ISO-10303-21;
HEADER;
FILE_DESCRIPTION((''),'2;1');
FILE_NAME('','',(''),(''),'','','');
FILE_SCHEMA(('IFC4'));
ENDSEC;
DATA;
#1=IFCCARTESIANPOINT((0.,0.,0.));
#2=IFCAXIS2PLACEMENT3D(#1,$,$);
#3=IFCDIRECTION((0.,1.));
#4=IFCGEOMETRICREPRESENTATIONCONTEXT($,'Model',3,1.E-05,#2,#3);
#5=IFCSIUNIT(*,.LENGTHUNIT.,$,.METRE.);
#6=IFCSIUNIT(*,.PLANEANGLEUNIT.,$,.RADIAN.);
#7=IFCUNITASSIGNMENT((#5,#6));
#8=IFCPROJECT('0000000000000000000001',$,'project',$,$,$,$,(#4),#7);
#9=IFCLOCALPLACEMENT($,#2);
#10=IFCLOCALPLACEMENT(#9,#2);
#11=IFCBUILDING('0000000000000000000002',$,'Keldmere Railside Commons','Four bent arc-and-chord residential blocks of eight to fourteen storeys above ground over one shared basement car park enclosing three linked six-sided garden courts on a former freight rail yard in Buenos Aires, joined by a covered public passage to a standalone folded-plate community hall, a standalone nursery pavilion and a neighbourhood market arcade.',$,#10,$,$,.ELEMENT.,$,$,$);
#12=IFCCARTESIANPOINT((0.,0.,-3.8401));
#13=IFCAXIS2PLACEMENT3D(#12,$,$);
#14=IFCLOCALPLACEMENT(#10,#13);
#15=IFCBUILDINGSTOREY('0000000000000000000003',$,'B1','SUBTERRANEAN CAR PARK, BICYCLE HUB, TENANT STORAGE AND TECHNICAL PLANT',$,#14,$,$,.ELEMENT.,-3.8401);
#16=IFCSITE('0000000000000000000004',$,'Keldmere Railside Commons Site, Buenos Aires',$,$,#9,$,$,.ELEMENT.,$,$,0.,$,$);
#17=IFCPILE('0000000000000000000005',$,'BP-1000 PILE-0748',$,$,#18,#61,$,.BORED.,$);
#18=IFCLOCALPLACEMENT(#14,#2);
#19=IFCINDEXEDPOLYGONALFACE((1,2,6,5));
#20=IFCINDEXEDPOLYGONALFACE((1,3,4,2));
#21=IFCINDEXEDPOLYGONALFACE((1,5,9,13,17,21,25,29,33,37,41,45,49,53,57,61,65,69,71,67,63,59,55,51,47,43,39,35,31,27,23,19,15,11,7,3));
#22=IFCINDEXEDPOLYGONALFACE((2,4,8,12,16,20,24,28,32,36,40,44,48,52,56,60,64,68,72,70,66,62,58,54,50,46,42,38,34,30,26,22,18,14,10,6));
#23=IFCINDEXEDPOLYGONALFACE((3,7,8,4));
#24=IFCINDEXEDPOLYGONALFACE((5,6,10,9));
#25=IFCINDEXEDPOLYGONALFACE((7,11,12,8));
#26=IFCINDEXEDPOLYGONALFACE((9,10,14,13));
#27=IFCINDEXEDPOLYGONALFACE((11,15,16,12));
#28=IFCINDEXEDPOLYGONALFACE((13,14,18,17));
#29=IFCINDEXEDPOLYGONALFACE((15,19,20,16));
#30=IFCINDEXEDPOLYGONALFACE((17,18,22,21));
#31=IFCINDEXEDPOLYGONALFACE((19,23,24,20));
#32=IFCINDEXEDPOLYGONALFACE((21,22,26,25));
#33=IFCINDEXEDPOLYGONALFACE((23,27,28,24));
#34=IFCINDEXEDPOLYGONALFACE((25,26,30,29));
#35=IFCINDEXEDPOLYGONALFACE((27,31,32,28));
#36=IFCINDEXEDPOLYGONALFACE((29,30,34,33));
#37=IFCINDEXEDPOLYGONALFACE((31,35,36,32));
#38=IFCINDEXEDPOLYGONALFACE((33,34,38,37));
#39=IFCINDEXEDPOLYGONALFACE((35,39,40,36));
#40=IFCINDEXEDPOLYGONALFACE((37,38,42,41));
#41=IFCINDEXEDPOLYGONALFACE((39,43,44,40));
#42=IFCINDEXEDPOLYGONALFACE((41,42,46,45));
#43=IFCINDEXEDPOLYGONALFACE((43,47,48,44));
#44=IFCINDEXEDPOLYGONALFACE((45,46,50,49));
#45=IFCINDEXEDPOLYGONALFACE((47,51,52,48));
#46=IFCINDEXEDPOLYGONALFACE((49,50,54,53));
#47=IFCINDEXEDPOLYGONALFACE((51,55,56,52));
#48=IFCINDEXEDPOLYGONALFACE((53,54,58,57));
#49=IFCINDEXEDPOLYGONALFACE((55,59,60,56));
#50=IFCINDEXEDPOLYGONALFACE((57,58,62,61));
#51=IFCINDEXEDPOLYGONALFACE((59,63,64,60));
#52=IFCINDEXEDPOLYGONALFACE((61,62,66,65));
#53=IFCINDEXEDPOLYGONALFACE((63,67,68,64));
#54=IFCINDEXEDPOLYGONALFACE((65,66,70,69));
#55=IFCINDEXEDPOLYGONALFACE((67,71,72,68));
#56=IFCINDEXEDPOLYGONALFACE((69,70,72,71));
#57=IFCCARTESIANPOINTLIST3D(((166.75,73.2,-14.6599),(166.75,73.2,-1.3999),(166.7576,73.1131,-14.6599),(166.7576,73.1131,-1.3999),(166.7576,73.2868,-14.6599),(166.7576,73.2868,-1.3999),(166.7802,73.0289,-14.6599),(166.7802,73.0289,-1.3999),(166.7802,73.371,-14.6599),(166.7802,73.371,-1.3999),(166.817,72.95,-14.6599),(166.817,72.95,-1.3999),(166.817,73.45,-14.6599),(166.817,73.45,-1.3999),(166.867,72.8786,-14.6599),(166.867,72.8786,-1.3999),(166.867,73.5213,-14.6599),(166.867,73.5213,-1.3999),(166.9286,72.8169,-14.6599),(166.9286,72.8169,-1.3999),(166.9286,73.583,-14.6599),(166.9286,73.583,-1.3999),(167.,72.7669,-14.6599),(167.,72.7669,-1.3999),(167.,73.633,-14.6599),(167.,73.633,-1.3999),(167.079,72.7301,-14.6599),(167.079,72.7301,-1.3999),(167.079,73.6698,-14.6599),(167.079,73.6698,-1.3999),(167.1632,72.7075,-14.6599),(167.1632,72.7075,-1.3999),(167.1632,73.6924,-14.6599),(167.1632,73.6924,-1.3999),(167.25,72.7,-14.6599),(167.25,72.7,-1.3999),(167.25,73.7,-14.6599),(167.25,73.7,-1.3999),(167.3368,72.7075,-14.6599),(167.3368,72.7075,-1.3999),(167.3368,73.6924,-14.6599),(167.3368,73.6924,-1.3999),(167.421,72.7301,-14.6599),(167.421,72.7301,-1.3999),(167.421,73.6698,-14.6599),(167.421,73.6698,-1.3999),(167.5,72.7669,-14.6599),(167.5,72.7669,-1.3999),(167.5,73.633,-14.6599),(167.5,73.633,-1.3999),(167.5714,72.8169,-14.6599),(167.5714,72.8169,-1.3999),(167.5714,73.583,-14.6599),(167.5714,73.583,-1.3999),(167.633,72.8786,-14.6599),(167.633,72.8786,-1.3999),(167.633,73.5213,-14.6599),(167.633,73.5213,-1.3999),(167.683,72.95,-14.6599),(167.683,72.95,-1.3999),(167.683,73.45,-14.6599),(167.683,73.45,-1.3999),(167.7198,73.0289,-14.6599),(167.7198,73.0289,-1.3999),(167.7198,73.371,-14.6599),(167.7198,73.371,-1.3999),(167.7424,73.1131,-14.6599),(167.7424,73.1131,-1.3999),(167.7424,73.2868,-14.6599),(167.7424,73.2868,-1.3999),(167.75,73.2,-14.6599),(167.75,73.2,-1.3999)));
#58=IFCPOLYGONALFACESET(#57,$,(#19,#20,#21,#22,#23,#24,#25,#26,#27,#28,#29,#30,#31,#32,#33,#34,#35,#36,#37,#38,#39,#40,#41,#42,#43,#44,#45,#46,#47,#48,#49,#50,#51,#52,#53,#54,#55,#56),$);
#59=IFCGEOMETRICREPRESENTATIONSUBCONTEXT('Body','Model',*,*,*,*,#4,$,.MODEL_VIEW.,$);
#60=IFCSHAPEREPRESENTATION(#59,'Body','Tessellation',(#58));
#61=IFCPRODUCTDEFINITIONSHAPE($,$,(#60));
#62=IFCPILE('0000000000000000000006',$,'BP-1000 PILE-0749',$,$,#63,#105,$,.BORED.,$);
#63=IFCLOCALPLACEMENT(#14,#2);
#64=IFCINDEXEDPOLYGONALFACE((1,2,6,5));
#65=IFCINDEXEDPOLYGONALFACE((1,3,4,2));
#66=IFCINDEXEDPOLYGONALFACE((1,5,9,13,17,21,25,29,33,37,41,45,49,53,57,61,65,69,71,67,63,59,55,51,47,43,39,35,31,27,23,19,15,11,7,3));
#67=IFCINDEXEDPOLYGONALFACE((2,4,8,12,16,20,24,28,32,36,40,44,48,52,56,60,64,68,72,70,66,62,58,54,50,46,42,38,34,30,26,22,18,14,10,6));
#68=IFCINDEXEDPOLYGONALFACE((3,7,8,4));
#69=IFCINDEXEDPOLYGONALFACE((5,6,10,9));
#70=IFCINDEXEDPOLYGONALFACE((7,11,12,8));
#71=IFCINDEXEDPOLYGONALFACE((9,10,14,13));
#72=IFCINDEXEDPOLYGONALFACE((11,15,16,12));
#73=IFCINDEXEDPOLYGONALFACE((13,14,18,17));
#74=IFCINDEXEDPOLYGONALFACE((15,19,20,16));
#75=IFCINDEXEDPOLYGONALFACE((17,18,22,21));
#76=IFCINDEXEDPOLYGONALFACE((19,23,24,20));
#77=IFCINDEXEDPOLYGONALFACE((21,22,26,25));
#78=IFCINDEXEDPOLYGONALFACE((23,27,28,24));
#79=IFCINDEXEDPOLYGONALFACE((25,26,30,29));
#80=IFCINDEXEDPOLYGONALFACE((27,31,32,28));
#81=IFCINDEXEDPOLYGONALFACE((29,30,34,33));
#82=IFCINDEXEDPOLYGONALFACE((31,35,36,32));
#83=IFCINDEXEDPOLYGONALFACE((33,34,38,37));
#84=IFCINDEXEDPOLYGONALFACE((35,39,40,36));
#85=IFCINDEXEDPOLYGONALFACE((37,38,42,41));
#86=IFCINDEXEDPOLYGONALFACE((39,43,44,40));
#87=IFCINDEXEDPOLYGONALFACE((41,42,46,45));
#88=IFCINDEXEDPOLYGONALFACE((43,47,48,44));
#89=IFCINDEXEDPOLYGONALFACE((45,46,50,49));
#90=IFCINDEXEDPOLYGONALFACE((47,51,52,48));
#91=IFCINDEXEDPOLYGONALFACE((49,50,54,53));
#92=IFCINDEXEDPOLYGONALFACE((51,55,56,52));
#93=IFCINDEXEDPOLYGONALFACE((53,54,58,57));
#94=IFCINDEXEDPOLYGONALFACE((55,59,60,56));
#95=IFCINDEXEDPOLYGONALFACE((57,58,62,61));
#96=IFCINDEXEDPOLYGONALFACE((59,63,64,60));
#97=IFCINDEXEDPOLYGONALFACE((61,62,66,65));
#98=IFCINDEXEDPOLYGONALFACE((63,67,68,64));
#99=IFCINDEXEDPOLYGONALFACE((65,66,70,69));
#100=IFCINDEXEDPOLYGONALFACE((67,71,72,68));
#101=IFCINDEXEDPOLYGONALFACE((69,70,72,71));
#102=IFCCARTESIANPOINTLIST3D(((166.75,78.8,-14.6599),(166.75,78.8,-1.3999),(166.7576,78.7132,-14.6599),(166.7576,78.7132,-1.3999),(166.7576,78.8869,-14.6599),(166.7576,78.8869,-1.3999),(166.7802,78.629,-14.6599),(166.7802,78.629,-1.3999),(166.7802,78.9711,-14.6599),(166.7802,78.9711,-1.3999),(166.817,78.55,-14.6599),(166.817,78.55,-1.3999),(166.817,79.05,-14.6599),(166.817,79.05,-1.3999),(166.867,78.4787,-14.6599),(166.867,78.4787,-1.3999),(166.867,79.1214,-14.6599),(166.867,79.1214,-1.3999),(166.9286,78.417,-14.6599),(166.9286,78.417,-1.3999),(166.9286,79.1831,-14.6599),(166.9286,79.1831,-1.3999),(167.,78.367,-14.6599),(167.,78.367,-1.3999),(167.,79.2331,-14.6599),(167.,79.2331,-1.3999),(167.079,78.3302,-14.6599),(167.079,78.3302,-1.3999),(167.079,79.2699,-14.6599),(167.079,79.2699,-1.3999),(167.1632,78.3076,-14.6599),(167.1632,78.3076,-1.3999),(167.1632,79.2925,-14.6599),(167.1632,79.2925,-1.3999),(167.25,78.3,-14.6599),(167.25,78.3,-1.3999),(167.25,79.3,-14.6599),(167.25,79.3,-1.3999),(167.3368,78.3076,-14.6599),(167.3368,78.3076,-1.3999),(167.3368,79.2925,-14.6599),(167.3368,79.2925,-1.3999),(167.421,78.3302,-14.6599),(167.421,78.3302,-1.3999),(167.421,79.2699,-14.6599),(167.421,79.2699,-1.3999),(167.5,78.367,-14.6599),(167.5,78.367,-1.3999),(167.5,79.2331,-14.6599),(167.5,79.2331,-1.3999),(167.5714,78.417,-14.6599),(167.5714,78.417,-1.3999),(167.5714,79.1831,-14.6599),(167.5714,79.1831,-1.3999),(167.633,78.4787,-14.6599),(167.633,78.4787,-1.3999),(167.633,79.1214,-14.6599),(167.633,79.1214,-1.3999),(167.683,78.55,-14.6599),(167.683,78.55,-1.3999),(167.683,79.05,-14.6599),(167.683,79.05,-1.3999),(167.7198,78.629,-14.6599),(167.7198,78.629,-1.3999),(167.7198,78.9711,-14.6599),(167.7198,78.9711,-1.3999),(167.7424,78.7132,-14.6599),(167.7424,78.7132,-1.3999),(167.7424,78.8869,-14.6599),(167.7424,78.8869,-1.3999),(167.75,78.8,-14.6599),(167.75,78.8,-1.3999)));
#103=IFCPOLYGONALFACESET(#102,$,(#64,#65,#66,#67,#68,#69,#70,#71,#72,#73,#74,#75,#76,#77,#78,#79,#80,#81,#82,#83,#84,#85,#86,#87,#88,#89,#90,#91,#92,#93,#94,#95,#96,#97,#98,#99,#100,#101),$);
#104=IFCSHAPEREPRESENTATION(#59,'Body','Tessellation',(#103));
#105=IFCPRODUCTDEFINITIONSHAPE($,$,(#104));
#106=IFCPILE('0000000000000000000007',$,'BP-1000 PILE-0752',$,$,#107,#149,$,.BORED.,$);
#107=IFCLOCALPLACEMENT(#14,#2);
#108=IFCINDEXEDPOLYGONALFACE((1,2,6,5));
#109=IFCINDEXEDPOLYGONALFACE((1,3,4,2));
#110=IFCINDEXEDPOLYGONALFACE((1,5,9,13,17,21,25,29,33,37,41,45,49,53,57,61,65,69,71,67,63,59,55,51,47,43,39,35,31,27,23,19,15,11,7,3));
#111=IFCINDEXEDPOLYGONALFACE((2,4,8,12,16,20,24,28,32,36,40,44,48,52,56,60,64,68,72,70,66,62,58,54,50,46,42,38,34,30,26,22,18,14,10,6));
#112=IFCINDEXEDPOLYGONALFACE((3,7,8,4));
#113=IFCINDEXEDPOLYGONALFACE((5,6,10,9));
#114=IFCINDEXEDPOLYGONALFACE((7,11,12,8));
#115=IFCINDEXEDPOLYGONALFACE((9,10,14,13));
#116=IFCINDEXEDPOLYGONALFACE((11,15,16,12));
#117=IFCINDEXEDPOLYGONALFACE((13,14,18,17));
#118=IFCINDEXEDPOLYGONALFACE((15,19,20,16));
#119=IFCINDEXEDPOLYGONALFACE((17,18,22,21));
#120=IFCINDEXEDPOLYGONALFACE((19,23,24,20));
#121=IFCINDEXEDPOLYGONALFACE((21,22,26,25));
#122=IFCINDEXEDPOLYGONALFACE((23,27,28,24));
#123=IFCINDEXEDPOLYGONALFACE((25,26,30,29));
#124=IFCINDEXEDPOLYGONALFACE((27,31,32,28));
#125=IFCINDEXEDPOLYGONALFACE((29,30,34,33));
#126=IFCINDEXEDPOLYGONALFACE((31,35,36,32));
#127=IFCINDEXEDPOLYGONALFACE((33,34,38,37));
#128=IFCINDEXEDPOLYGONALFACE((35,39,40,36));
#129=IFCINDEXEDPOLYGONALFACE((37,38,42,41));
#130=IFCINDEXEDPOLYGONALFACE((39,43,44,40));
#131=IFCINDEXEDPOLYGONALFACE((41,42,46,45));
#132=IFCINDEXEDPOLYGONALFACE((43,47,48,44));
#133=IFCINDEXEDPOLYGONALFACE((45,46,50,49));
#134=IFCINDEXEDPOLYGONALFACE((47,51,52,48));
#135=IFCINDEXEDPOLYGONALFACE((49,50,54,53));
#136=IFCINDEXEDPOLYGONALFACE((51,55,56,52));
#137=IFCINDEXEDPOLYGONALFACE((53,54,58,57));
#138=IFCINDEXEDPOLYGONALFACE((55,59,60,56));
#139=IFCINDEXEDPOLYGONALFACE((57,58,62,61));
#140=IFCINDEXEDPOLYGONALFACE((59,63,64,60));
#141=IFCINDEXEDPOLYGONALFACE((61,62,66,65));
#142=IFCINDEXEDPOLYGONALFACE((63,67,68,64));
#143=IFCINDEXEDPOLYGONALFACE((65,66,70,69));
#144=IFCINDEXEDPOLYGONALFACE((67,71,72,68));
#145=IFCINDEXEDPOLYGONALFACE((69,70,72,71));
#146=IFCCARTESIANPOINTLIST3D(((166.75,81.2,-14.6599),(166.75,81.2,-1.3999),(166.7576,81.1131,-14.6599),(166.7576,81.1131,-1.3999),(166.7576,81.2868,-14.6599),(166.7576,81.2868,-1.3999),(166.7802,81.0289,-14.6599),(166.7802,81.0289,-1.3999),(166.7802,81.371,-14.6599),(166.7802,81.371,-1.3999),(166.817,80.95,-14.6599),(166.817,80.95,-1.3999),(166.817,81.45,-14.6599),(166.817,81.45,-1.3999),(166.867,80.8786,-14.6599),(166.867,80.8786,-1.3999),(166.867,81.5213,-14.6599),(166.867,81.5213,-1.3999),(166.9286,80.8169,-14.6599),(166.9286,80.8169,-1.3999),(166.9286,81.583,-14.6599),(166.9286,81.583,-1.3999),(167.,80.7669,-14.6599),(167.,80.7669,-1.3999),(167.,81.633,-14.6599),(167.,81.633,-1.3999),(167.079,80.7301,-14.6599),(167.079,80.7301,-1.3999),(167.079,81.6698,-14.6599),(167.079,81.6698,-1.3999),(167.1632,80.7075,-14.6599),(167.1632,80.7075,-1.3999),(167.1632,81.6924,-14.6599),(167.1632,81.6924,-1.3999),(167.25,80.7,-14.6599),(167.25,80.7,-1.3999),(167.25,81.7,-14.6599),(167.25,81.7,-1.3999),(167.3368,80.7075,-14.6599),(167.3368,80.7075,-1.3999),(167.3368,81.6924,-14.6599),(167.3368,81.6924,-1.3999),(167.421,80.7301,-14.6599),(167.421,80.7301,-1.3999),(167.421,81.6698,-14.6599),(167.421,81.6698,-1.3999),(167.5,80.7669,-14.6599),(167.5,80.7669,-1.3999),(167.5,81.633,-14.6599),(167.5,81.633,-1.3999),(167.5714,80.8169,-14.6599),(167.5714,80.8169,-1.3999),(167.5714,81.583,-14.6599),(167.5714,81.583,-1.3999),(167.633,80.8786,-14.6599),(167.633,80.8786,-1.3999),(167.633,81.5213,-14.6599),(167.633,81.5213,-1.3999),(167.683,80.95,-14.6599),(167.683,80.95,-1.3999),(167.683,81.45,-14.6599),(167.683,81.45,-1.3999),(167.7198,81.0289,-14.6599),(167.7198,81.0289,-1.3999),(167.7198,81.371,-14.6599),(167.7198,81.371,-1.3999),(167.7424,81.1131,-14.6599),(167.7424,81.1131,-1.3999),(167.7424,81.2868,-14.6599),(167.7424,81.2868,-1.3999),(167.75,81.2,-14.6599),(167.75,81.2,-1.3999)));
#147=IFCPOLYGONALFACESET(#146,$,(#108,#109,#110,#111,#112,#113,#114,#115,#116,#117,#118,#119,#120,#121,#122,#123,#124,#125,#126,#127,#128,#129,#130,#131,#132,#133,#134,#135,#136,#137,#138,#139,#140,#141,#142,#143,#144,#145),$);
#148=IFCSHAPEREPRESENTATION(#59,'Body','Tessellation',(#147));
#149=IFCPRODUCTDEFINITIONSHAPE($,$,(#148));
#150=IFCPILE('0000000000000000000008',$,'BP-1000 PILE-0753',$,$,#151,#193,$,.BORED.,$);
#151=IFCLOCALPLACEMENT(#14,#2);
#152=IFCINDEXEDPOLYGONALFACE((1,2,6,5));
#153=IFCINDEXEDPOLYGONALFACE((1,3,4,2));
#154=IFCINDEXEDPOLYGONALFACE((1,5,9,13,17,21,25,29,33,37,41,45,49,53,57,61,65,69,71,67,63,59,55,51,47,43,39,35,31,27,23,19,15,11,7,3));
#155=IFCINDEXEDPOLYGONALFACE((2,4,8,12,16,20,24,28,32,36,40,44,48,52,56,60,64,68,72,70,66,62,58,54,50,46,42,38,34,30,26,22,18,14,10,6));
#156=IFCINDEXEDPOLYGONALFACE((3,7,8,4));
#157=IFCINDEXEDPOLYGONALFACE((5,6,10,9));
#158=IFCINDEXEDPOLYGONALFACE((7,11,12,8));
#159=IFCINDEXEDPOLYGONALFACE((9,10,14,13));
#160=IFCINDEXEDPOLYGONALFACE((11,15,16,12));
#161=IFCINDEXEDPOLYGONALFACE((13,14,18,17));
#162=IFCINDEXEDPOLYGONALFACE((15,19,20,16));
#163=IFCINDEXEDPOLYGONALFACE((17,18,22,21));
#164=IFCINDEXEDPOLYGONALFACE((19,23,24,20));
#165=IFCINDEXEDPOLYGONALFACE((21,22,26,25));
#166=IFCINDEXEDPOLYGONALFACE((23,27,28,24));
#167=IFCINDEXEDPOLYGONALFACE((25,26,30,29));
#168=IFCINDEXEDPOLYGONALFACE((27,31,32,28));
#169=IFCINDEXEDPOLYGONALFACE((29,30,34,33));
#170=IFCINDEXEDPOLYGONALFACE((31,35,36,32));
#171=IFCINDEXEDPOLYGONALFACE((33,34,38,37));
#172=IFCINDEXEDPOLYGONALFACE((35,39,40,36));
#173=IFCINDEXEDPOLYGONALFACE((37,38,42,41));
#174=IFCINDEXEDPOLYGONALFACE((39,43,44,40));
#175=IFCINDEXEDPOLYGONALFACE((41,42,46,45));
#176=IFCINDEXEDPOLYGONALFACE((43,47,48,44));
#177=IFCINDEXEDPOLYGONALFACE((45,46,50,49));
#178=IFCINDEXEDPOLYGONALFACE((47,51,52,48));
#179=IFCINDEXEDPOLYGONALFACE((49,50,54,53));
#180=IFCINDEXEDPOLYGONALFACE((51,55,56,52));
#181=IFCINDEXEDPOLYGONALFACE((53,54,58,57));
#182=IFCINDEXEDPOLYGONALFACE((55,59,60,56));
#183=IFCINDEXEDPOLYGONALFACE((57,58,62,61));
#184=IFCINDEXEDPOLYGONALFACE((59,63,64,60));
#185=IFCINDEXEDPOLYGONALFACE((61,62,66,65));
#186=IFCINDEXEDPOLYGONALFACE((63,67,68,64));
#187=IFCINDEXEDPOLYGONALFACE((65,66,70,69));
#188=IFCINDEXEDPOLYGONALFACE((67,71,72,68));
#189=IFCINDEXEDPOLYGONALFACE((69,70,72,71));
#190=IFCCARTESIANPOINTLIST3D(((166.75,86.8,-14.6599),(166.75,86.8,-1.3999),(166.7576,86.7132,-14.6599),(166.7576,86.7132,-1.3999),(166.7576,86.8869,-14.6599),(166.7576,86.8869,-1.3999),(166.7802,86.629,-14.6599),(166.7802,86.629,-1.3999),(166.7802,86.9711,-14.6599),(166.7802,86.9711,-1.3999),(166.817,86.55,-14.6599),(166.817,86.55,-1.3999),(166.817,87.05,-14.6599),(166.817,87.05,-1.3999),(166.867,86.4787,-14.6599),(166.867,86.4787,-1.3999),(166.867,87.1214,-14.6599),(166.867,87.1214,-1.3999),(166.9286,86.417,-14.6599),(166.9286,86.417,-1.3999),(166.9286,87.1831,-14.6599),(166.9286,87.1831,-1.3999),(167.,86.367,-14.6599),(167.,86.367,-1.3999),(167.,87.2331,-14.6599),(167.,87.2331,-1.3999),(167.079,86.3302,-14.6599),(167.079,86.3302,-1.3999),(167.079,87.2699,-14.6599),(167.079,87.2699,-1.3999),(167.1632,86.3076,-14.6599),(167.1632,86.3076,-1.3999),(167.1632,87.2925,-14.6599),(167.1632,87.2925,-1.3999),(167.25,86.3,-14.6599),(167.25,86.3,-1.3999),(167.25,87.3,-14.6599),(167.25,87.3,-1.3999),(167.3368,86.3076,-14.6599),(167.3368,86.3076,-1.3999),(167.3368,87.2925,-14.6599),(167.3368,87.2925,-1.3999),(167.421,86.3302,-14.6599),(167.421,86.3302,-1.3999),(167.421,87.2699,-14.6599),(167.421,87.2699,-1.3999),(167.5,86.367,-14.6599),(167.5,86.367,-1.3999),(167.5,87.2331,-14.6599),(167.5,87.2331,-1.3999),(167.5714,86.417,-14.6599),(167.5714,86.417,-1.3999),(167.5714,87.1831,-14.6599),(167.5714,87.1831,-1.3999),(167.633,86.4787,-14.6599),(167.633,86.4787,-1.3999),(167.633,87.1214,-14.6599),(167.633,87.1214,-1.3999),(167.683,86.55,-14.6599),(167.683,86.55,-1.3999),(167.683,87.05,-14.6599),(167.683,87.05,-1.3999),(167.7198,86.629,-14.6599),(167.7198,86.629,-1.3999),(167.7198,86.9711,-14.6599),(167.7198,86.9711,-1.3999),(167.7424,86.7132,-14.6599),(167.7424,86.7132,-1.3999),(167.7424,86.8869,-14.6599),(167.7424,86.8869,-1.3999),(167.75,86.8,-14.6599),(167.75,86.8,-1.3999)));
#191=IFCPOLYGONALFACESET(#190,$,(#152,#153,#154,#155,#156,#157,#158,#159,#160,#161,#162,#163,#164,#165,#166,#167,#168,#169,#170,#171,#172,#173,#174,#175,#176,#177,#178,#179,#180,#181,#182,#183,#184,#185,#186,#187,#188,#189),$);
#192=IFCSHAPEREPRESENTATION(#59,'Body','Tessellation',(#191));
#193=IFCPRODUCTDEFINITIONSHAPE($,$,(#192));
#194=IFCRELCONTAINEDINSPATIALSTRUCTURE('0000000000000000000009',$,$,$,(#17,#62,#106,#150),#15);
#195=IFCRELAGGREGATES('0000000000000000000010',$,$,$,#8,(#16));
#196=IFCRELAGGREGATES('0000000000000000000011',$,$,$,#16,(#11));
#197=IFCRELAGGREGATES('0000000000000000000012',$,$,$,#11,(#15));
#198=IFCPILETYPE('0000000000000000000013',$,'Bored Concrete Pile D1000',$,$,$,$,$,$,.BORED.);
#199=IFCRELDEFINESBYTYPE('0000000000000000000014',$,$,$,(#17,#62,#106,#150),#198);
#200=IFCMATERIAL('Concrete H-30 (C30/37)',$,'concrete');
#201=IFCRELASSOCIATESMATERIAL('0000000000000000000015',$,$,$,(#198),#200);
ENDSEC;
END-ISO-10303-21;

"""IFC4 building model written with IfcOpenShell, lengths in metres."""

from ifc_helpers import new_model, si_unit, direction, frame, origin, origin_2d, place, context, subcontext, project, spatial, circle, extrude, material, material_profile, profile_set, type_object, element, save


model = new_model("IFC4")

# Units and contexts
model_context = context("Model", 3, precision=1e-05, world=origin(), true_north=direction((0.0, 1.0)))
body_context = subcontext(model_context, "Body", "Model", "MODEL_VIEW")
ifc_project = project(units=[si_unit("LENGTHUNIT", "METRE"), si_unit("PLANEANGLEUNIT", "RADIAN")], contexts=[model_context])

# Site, building, storey
site_placement = place(None, origin())
site = spatial("IfcSite", under=ifc_project, at=site_placement, Name="Keldmere Railside Commons Site, Buenos Aires", CompositionType="ELEMENT", RefElevation=0.0)
building_placement = place(site_placement, origin())
building = spatial("IfcBuilding", under=site, at=building_placement, Name="Keldmere Railside Commons", Description="Four bent arc-and-chord residential blocks of eight to fourteen storeys above ground over one shared basement car park enclosing three linked six-sided garden courts on a former freight rail yard in Buenos Aires, joined by a covered public passage to a standalone folded-plate community hall, a standalone nursery pavilion and a neighbourhood market arcade.", CompositionType="ELEMENT")
storey_placement = place(building_placement, frame((0.0, 0.0, -3.8401)))
storey = spatial("IfcBuildingStorey", under=building, at=storey_placement, Name="B1", Description="SUBTERRANEAN CAR PARK, BICYCLE HUB, TENANT STORAGE AND TECHNICAL PLANT", CompositionType="ELEMENT", Elevation=-3.8401)

# Piles
ifc_material_1 = material(Name="Concrete H-30 (C30/37)", Category="concrete")
ifc_material_profile_1 = material_profile(ifc_material_1, circle(Radius=0.5, at=origin_2d()), Name="PILE-D1000")
ifc_profile_set_1 = profile_set([ifc_material_profile_1], Name="Concrete H-30 (C30/37)")
pile_type_1 = type_object("IfcPileType", Name="Bored Concrete Pile D1000", PredefinedType="BORED", material=ifc_profile_set_1)
for number, where, z_axis, x_axis, name in (
    (1, (167.25, 73.2, -1.3999), (0.0, 0.0, -1.0), (1.0, 0.0, 0.0), "BP-1000 PILE-0748"),
    (2, (167.25, 78.8, -1.3999), (0.0, 0.0, -1.0), (1.0, 0.0, 0.0), "BP-1000 PILE-0749"),
    (3, (167.25, 81.2, -1.3999), (0.0, 0.0, -1.0), (1.0, 0.0, 0.0), "BP-1000 PILE-0752"),
    (4, (167.25, 86.8, -1.3999), (0.0, 0.0, -1.0), (1.0, 0.0, 0.0), "BP-1000 PILE-0753"),
):
    element("IfcPile", number, at=place(storey_placement, frame(where, z_axis=z_axis, x_axis=x_axis)), inside=storey, type_object=pile_type_1, Name=name, PredefinedType="BORED", context=body_context, shape_type="SweptSolid", body=[
        extrude(circle(Radius=0.5, at=origin_2d()), origin(), (0.0, 0.0, 1.0), 13.26),
    ])

save(model, "model.ifc")
